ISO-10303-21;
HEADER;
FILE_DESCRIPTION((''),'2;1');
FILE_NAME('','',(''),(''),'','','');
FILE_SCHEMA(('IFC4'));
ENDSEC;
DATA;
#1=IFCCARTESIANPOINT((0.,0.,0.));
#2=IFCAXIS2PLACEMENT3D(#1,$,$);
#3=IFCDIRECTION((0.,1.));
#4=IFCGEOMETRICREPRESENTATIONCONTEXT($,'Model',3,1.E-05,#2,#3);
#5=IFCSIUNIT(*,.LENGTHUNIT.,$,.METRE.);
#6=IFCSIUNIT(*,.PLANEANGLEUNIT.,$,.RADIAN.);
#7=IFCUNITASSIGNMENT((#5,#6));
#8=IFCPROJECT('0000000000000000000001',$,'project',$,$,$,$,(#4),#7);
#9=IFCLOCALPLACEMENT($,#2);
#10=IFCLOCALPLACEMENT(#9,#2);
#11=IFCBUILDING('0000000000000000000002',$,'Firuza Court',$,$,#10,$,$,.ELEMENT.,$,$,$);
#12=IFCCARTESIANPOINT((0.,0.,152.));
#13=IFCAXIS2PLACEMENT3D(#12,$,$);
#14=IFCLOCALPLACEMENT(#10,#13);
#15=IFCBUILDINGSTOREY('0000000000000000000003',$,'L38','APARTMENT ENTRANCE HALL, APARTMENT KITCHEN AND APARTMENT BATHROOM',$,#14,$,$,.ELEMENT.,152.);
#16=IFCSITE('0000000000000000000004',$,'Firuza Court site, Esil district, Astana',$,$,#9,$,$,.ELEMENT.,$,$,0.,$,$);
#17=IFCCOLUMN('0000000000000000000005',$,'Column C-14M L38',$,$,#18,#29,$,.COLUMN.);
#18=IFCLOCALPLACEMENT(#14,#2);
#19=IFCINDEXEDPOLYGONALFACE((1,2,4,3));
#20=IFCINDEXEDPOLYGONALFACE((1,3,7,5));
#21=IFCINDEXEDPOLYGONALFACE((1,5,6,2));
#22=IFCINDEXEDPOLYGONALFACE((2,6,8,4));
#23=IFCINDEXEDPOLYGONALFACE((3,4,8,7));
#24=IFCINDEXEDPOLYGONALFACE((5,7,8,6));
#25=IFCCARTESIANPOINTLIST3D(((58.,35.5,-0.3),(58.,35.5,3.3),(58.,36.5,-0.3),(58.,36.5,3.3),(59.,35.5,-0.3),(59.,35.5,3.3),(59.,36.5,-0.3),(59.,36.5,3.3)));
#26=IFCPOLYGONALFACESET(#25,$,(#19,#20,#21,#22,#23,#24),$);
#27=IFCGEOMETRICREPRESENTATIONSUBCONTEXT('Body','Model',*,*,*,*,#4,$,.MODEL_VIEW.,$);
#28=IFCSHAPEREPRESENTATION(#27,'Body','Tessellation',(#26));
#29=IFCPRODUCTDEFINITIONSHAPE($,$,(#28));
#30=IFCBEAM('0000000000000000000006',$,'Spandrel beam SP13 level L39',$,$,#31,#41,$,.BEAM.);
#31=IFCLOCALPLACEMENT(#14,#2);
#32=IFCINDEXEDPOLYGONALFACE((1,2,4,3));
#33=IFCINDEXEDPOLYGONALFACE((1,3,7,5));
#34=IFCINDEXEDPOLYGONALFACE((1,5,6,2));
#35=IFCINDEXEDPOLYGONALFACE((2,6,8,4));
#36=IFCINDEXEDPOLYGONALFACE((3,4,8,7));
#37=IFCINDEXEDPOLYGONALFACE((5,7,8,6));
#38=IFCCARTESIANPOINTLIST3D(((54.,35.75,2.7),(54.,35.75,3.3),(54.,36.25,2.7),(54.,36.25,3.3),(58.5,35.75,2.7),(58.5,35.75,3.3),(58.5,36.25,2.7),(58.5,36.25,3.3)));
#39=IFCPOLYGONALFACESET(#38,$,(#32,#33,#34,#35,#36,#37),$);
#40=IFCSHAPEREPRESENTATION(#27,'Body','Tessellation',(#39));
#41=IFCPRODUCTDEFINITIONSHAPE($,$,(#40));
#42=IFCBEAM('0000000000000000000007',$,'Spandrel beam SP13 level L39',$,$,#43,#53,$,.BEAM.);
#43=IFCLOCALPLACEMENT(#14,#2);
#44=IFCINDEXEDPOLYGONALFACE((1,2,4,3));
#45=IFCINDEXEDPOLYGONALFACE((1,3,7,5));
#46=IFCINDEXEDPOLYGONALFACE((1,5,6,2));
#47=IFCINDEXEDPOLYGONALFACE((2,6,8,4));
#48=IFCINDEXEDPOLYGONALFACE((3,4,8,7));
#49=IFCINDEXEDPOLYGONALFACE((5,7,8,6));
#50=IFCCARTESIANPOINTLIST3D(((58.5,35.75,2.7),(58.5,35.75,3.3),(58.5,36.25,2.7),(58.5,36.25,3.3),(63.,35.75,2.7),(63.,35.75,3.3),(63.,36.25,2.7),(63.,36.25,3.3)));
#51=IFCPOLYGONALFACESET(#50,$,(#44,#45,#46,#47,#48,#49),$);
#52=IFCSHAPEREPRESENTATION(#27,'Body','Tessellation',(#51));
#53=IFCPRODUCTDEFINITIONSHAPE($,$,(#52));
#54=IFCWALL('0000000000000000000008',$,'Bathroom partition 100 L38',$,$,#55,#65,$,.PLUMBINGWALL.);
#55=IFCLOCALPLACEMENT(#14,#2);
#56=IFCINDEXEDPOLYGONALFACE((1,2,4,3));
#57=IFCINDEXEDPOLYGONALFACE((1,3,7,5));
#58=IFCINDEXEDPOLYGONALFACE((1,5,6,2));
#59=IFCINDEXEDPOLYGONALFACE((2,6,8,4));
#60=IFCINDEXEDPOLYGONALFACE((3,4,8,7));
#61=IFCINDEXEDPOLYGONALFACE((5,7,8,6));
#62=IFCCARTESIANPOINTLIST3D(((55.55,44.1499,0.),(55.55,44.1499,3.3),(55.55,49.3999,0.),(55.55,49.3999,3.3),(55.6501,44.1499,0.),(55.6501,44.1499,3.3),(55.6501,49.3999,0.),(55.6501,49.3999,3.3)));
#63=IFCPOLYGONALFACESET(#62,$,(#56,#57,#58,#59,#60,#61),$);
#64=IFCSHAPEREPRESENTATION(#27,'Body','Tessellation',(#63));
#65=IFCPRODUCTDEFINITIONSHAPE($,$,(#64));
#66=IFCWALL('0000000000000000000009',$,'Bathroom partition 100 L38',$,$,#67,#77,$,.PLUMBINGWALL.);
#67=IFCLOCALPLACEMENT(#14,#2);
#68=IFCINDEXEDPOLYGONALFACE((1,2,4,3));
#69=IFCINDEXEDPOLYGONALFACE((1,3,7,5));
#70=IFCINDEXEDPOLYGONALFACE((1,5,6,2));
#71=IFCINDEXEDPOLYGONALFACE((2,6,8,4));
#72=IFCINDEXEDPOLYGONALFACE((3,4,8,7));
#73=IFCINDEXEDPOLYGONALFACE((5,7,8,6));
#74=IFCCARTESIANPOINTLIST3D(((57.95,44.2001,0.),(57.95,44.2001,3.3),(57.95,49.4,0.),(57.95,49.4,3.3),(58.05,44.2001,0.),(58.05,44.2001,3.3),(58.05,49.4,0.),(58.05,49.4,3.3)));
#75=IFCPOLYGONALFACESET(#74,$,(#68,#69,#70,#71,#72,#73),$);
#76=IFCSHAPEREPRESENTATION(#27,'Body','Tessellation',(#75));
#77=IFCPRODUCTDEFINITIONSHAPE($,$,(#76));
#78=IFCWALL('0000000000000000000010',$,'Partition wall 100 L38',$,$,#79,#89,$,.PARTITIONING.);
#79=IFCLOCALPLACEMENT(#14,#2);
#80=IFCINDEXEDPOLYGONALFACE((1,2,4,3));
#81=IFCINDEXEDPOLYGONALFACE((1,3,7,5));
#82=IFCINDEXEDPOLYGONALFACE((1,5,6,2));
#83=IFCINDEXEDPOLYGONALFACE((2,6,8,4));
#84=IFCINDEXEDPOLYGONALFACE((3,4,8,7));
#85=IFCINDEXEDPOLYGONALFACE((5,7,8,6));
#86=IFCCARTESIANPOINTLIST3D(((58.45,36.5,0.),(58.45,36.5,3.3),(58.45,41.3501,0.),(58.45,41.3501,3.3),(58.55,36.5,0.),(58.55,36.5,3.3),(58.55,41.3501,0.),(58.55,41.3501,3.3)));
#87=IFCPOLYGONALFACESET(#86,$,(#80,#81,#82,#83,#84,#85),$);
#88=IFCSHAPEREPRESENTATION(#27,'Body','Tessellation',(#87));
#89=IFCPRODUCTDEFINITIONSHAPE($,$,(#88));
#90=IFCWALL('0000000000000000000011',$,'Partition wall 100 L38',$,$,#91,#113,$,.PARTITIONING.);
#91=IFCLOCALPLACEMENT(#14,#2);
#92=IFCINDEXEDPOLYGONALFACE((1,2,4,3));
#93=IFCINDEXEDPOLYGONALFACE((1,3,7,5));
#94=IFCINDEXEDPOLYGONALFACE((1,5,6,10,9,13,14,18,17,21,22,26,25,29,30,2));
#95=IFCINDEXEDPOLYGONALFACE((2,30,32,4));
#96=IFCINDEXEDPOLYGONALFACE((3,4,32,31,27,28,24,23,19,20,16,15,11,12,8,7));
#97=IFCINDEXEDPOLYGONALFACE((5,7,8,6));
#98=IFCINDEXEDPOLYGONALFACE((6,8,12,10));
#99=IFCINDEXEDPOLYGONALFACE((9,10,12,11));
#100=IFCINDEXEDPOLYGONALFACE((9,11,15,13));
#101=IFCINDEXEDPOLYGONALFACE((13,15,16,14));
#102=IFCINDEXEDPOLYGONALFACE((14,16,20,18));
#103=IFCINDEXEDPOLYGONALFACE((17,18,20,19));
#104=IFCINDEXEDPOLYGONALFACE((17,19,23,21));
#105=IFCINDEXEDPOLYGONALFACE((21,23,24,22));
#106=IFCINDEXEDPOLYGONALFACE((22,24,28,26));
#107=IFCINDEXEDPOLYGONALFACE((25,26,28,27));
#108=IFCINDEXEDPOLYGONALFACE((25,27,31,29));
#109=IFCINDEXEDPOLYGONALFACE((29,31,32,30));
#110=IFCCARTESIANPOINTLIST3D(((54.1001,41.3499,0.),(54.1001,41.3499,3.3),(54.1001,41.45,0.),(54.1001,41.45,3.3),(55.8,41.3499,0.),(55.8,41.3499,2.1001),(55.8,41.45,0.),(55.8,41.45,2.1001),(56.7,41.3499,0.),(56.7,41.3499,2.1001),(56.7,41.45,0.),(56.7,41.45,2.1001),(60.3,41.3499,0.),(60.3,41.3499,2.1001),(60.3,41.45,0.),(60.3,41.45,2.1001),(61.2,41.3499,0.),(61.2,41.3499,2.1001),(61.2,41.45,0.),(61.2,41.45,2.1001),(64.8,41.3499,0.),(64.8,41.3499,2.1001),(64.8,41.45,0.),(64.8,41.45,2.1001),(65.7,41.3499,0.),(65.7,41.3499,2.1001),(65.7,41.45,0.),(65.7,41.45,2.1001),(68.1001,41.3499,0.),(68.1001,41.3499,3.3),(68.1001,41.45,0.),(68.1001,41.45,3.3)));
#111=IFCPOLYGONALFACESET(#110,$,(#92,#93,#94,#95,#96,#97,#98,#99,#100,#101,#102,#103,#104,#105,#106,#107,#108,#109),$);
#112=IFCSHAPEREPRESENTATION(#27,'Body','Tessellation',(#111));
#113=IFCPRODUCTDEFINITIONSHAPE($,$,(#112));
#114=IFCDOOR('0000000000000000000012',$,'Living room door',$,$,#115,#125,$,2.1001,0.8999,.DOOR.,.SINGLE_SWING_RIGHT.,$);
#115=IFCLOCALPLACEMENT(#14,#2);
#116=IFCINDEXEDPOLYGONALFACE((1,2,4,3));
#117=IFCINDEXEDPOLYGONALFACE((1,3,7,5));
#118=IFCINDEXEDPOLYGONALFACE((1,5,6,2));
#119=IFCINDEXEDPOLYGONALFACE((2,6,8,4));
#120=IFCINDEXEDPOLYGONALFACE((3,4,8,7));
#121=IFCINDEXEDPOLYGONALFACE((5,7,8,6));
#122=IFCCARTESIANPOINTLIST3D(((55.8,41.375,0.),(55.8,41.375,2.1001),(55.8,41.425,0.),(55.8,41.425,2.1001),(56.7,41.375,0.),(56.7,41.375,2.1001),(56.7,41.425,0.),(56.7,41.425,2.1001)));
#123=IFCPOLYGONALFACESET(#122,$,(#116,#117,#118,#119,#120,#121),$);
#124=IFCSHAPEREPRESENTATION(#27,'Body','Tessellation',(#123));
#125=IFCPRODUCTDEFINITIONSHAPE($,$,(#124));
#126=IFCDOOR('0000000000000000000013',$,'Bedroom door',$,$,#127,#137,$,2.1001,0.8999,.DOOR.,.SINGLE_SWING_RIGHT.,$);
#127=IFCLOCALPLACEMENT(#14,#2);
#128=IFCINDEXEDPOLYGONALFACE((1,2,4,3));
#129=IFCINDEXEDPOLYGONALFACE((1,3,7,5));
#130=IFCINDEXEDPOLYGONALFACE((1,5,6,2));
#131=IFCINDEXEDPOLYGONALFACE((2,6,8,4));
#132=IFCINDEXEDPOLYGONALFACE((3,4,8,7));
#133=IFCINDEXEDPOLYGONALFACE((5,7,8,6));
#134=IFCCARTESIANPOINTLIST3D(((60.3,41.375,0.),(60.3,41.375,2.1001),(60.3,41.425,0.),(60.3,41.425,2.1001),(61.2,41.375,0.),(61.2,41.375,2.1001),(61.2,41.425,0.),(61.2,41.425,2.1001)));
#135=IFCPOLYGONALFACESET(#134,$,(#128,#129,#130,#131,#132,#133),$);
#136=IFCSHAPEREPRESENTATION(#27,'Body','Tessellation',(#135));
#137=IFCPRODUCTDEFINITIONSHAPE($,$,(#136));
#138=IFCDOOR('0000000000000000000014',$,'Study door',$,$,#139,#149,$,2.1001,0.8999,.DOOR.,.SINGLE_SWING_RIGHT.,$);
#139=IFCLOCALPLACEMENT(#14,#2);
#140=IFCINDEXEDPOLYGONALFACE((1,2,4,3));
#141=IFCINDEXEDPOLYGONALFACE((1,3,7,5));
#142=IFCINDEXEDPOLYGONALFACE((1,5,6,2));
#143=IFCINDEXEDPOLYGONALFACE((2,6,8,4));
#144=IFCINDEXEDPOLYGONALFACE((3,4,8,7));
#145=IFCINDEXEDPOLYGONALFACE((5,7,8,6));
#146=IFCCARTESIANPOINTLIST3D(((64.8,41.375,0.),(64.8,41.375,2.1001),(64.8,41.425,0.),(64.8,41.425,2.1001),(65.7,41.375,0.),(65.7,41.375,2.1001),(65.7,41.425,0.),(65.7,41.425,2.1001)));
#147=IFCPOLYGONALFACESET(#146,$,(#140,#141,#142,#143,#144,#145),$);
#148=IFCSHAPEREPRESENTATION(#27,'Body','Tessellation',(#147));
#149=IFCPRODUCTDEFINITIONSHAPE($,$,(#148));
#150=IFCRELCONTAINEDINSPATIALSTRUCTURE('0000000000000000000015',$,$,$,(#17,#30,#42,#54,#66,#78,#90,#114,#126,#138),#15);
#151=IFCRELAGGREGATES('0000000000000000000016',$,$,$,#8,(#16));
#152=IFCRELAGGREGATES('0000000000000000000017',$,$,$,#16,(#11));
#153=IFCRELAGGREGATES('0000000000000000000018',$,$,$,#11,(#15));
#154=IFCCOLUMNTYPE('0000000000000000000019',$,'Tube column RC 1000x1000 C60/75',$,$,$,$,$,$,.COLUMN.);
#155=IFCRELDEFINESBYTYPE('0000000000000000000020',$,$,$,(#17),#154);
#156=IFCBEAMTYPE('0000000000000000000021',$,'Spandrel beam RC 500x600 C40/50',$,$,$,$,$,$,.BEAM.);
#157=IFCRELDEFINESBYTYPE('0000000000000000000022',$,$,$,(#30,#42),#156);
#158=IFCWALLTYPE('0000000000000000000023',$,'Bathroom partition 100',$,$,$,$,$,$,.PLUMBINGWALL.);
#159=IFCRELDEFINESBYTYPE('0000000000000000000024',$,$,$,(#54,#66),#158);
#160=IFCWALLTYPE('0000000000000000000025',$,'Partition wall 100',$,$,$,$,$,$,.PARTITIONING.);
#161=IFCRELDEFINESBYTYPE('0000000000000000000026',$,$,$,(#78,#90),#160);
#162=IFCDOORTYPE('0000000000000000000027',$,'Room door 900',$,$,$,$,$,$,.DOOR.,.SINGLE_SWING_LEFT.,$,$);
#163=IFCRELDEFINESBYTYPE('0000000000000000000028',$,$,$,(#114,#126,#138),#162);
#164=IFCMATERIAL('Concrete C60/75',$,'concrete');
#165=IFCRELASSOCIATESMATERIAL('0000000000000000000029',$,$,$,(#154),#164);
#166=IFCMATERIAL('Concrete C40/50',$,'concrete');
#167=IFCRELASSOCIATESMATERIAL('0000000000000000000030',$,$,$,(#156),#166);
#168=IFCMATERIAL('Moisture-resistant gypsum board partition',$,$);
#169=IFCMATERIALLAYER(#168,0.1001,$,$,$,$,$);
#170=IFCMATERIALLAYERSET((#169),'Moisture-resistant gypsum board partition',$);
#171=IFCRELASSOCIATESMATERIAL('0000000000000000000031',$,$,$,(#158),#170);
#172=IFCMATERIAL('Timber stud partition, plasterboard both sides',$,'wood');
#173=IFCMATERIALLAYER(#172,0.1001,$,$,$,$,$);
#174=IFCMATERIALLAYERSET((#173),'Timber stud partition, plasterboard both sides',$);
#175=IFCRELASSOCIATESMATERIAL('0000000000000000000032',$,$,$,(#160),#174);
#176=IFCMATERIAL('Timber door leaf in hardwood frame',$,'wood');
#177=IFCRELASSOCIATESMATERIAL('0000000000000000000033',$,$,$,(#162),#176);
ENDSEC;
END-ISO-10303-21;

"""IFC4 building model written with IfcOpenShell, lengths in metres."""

from ifc_helpers import new_model, si_unit, direction, frame, frame_2d, origin, origin_2d, place, context, subcontext, project, spatial, rectangle, extrude, material, layer, layer_set, material_profile, profile_set, type_object, element, fill, save


model = new_model("IFC4")

# Units and contexts
model_context = context("Model", 3, precision=1e-05, world=origin(), true_north=direction((0.0, 1.0)))
body_context = subcontext(model_context, "Body", "Model", "MODEL_VIEW")
ifc_project = project(units=[si_unit("LENGTHUNIT", "METRE"), si_unit("PLANEANGLEUNIT", "RADIAN")], contexts=[model_context])

# Site, building, storey
site_placement = place(None, origin())
site = spatial("IfcSite", under=ifc_project, at=site_placement, Name="Firuza Court site, Esil district, Astana", CompositionType="ELEMENT", RefElevation=0.0)
building_placement = place(site_placement, origin())
building = spatial("IfcBuilding", under=site, at=building_placement, Name="Firuza Court", CompositionType="ELEMENT")
storey_placement = place(building_placement, frame((0.0, 0.0, 152.0)))
storey = spatial("IfcBuildingStorey", under=building, at=storey_placement, Name="L38", Description="APARTMENT ENTRANCE HALL, APARTMENT KITCHEN AND APARTMENT BATHROOM", CompositionType="ELEMENT", Elevation=152.0)

# Column
ifc_material_1 = material(Name="Concrete C60/75", Category="concrete")
ifc_material_profile_1 = material_profile(ifc_material_1, rectangle(XDim=1.0, YDim=1.0, at=origin_2d()), Name="RC 1000x1000")
ifc_profile_set_1 = profile_set([ifc_material_profile_1], Name="Concrete C60/75")
column_type = type_object("IfcColumnType", Name="Tube column RC 1000x1000 C60/75", PredefinedType="COLUMN", material=ifc_profile_set_1)
column_placement = place(storey_placement, frame((58.5, 36.0, -0.3), z_axis=(0.0, 0.0, 1.0), x_axis=(1.0, 0.0, 0.0)))
element("IfcColumn", 1, at=column_placement, inside=storey, type_object=column_type, Name="Column C-14M L38", PredefinedType="COLUMN", context=body_context, shape_type="SweptSolid", body=[
    extrude(rectangle(XDim=1.0, YDim=1.0, at=origin_2d()), origin(), (0.0, 0.0, 1.0), 3.6001),
])

# Beams
ifc_material_2 = material(Name="Concrete C40/50", Category="concrete")
ifc_material_profile_2 = material_profile(ifc_material_2, rectangle(XDim=0.5, YDim=0.6001, at=origin_2d()), Name="RC 500x600")
ifc_profile_set_2 = profile_set([ifc_material_profile_2], Name="Concrete C40/50")
beam_type = type_object("IfcBeamType", Name="Spandrel beam RC 500x600 C40/50", PredefinedType="BEAM", material=ifc_profile_set_2)
for number, where, z_axis, x_axis, name in (
    (2, (54.0, 36.0, 3.0), (1.0, 0.0, 0.0), (0.0, 1.0, 0.0), "Spandrel beam SP13 level L39"),
    (3, (58.5, 36.0, 3.0), (1.0, 0.0, 0.0), (0.0, 1.0, 0.0), "Spandrel beam SP13 level L39"),
):
    element("IfcBeam", number, at=place(storey_placement, frame(where, z_axis=z_axis, x_axis=x_axis)), inside=storey, type_object=beam_type, Name=name, PredefinedType="BEAM", context=body_context, shape_type="SweptSolid", body=[
        extrude(rectangle(XDim=0.5, YDim=0.6001, at=origin_2d()), origin(), (0.0, 0.0, 1.0), 4.5),
    ])

# Walls
ifc_material_3 = material(Name="Moisture-resistant gypsum board partition")
ifc_layer_1 = layer(ifc_material_3, 0.1001)
ifc_layer_set_1 = layer_set([ifc_layer_1], Name="Moisture-resistant gypsum board partition")
wall_type_1 = type_object("IfcWallType", Name="Bathroom partition 100", PredefinedType="PLUMBINGWALL", material=ifc_layer_set_1)
wall_1_placement = place(storey_placement, frame((55.6001, 44.1499, 0.0), z_axis=(0.0, 0.0, 1.0), x_axis=(0.0, 1.0, 0.0)))
element("IfcWall", 4, at=wall_1_placement, inside=storey, type_object=wall_type_1, Name="Bathroom partition 100 L38", PredefinedType="PLUMBINGWALL", context=body_context, shape_type="SweptSolid", body=[
    extrude(rectangle(XDim=5.25, YDim=0.1001, at=frame_2d((2.625, 0.0))), origin(), (0.0, 0.0, 1.0), 3.3),
])
wall_2_placement = place(storey_placement, frame((58.0, 44.2, 0.0), z_axis=(0.0, 0.0, 1.0), x_axis=(0.0, 1.0, 0.0)))
element("IfcWall", 5, at=wall_2_placement, inside=storey, type_object=wall_type_1, Name="Bathroom partition 100 L38", PredefinedType="PLUMBINGWALL", context=body_context, shape_type="SweptSolid", body=[
    extrude(rectangle(XDim=5.2, YDim=0.1001, at=frame_2d((2.6001, 0.0))), origin(), (0.0, 0.0, 1.0), 3.3),
])
ifc_material_4 = material(Name="Timber stud partition, plasterboard both sides", Category="wood")
ifc_layer_2 = layer(ifc_material_4, 0.1001)
ifc_layer_set_2 = layer_set([ifc_layer_2], Name="Timber stud partition, plasterboard both sides")
wall_type_2 = type_object("IfcWallType", Name="Partition wall 100", PredefinedType="PARTITIONING", material=ifc_layer_set_2)
wall_3_placement = place(storey_placement, frame((58.5, 36.5, 0.0), z_axis=(0.0, 0.0, 1.0), x_axis=(0.0, 1.0, 0.0)))
element("IfcWall", 6, at=wall_3_placement, inside=storey, type_object=wall_type_2, Name="Partition wall 100 L38", PredefinedType="PARTITIONING", context=body_context, shape_type="SweptSolid", body=[
    extrude(rectangle(XDim=4.8501, YDim=0.1001, at=frame_2d((2.425, 0.0))), origin(), (0.0, 0.0, 1.0), 3.3),
])

# Wall, openings, doors
wall_4_placement = place(storey_placement, frame((54.1001, 41.3999, 0.0), z_axis=(0.0, 0.0, 1.0), x_axis=(1.0, 0.0, 0.0)))
wall_4 = element("IfcWall", 7, at=wall_4_placement, inside=storey, type_object=wall_type_2, Name="Partition wall 100 L38", PredefinedType="PARTITIONING", context=body_context, shape_type="SweptSolid", body=[
    extrude(rectangle(XDim=14.0, YDim=0.1001, at=frame_2d((7.0, 0.0))), origin(), (0.0, 0.0, 1.0), 3.3),
])
opening_1_placement = place(wall_4_placement, frame((1.7, 0.0, 0.0)))
opening_1 = element("IfcOpeningElement", 8, at=opening_1_placement, cuts=wall_4, PredefinedType="OPENING", context=body_context, shape_type="SweptSolid", body=[
    extrude(rectangle(XDim=0.8999, YDim=2.1001, at=frame_2d((0.45, 1.05))), frame((0.0, 0.062, 0.0), z_axis=(0.0, -1.0, 0.0), x_axis=(1.0, 0.0, 0.0)), (0.0, 0.0, 1.0), 0.124),
])
opening_2_placement = place(wall_4_placement, frame((6.2, 0.0, 0.0)))
opening_2 = element("IfcOpeningElement", 9, at=opening_2_placement, cuts=wall_4, PredefinedType="OPENING", context=body_context, shape_type="SweptSolid", body=[
    extrude(rectangle(XDim=0.8999, YDim=2.1001, at=frame_2d((0.45, 1.05))), frame((0.0, 0.062, 0.0), z_axis=(0.0, -1.0, 0.0), x_axis=(1.0, 0.0, 0.0)), (0.0, 0.0, 1.0), 0.124),
])
opening_3_placement = place(wall_4_placement, frame((10.7, 0.0, 0.0)))
opening_3 = element("IfcOpeningElement", 10, at=opening_3_placement, cuts=wall_4, PredefinedType="OPENING", context=body_context, shape_type="SweptSolid", body=[
    extrude(rectangle(XDim=0.8999, YDim=2.1001, at=frame_2d((0.45, 1.05))), frame((0.0, 0.062, 0.0), z_axis=(0.0, -1.0, 0.0), x_axis=(1.0, 0.0, 0.0)), (0.0, 0.0, 1.0), 0.124),
])
ifc_material_5 = material(Name="Timber door leaf in hardwood frame", Category="wood")
door_type_1 = type_object("IfcDoorType", Name="Room door 900", OperationType="SINGLE_SWING_LEFT", PredefinedType="DOOR", material=ifc_material_5)
door_1_placement = place(opening_1_placement, frame((0.8999, 0.0, 0.0), z_axis=(0.0, 0.0, 1.0), x_axis=(-1.0, 0.0, 0.0)))
door_1 = element("IfcDoor", 11, at=door_1_placement, inside=storey, type_object=door_type_1, Name="Living room door", OperationType="SINGLE_SWING_RIGHT", OverallHeight=2.1001, OverallWidth=0.8999, PredefinedType="DOOR", context=body_context, shape_type="SweptSolid", body=[
    extrude(rectangle(XDim=0.8999, YDim=2.1001, at=frame_2d((0.45, 1.05))), frame((0.0, 0.0249, 0.0), z_axis=(0.0, -1.0, 0.0), x_axis=(1.0, 0.0, 0.0)), (0.0, 0.0, 1.0), 0.05),
])
fill(opening_1, door_1)
door_2_placement = place(opening_2_placement, frame((0.8999, 0.0, 0.0), z_axis=(0.0, 0.0, 1.0), x_axis=(-1.0, 0.0, 0.0)))
door_2 = element("IfcDoor", 12, at=door_2_placement, inside=storey, type_object=door_type_1, Name="Bedroom door", OperationType="SINGLE_SWING_RIGHT", OverallHeight=2.1001, OverallWidth=0.8999, PredefinedType="DOOR", context=body_context, shape_type="SweptSolid", body=[
    extrude(rectangle(XDim=0.8999, YDim=2.1001, at=frame_2d((0.45, 1.05))), frame((0.0, 0.0249, 0.0), z_axis=(0.0, -1.0, 0.0), x_axis=(1.0, 0.0, 0.0)), (0.0, 0.0, 1.0), 0.05),
])
fill(opening_2, door_2)
door_3_placement = place(opening_3_placement, frame((0.8999, 0.0, 0.0), z_axis=(0.0, 0.0, 1.0), x_axis=(-1.0, 0.0, 0.0)))
door_3 = element("IfcDoor", 13, at=door_3_placement, inside=storey, type_object=door_type_1, Name="Study door", OperationType="SINGLE_SWING_RIGHT", OverallHeight=2.1001, OverallWidth=0.8999, PredefinedType="DOOR", context=body_context, shape_type="SweptSolid", body=[
    extrude(rectangle(XDim=0.8999, YDim=2.1001, at=frame_2d((0.45, 1.05))), frame((0.0, 0.0249, 0.0), z_axis=(0.0, -1.0, 0.0), x_axis=(1.0, 0.0, 0.0)), (0.0, 0.0, 1.0), 0.05),
])
fill(opening_3, door_3)

save(model, "model.ifc")
